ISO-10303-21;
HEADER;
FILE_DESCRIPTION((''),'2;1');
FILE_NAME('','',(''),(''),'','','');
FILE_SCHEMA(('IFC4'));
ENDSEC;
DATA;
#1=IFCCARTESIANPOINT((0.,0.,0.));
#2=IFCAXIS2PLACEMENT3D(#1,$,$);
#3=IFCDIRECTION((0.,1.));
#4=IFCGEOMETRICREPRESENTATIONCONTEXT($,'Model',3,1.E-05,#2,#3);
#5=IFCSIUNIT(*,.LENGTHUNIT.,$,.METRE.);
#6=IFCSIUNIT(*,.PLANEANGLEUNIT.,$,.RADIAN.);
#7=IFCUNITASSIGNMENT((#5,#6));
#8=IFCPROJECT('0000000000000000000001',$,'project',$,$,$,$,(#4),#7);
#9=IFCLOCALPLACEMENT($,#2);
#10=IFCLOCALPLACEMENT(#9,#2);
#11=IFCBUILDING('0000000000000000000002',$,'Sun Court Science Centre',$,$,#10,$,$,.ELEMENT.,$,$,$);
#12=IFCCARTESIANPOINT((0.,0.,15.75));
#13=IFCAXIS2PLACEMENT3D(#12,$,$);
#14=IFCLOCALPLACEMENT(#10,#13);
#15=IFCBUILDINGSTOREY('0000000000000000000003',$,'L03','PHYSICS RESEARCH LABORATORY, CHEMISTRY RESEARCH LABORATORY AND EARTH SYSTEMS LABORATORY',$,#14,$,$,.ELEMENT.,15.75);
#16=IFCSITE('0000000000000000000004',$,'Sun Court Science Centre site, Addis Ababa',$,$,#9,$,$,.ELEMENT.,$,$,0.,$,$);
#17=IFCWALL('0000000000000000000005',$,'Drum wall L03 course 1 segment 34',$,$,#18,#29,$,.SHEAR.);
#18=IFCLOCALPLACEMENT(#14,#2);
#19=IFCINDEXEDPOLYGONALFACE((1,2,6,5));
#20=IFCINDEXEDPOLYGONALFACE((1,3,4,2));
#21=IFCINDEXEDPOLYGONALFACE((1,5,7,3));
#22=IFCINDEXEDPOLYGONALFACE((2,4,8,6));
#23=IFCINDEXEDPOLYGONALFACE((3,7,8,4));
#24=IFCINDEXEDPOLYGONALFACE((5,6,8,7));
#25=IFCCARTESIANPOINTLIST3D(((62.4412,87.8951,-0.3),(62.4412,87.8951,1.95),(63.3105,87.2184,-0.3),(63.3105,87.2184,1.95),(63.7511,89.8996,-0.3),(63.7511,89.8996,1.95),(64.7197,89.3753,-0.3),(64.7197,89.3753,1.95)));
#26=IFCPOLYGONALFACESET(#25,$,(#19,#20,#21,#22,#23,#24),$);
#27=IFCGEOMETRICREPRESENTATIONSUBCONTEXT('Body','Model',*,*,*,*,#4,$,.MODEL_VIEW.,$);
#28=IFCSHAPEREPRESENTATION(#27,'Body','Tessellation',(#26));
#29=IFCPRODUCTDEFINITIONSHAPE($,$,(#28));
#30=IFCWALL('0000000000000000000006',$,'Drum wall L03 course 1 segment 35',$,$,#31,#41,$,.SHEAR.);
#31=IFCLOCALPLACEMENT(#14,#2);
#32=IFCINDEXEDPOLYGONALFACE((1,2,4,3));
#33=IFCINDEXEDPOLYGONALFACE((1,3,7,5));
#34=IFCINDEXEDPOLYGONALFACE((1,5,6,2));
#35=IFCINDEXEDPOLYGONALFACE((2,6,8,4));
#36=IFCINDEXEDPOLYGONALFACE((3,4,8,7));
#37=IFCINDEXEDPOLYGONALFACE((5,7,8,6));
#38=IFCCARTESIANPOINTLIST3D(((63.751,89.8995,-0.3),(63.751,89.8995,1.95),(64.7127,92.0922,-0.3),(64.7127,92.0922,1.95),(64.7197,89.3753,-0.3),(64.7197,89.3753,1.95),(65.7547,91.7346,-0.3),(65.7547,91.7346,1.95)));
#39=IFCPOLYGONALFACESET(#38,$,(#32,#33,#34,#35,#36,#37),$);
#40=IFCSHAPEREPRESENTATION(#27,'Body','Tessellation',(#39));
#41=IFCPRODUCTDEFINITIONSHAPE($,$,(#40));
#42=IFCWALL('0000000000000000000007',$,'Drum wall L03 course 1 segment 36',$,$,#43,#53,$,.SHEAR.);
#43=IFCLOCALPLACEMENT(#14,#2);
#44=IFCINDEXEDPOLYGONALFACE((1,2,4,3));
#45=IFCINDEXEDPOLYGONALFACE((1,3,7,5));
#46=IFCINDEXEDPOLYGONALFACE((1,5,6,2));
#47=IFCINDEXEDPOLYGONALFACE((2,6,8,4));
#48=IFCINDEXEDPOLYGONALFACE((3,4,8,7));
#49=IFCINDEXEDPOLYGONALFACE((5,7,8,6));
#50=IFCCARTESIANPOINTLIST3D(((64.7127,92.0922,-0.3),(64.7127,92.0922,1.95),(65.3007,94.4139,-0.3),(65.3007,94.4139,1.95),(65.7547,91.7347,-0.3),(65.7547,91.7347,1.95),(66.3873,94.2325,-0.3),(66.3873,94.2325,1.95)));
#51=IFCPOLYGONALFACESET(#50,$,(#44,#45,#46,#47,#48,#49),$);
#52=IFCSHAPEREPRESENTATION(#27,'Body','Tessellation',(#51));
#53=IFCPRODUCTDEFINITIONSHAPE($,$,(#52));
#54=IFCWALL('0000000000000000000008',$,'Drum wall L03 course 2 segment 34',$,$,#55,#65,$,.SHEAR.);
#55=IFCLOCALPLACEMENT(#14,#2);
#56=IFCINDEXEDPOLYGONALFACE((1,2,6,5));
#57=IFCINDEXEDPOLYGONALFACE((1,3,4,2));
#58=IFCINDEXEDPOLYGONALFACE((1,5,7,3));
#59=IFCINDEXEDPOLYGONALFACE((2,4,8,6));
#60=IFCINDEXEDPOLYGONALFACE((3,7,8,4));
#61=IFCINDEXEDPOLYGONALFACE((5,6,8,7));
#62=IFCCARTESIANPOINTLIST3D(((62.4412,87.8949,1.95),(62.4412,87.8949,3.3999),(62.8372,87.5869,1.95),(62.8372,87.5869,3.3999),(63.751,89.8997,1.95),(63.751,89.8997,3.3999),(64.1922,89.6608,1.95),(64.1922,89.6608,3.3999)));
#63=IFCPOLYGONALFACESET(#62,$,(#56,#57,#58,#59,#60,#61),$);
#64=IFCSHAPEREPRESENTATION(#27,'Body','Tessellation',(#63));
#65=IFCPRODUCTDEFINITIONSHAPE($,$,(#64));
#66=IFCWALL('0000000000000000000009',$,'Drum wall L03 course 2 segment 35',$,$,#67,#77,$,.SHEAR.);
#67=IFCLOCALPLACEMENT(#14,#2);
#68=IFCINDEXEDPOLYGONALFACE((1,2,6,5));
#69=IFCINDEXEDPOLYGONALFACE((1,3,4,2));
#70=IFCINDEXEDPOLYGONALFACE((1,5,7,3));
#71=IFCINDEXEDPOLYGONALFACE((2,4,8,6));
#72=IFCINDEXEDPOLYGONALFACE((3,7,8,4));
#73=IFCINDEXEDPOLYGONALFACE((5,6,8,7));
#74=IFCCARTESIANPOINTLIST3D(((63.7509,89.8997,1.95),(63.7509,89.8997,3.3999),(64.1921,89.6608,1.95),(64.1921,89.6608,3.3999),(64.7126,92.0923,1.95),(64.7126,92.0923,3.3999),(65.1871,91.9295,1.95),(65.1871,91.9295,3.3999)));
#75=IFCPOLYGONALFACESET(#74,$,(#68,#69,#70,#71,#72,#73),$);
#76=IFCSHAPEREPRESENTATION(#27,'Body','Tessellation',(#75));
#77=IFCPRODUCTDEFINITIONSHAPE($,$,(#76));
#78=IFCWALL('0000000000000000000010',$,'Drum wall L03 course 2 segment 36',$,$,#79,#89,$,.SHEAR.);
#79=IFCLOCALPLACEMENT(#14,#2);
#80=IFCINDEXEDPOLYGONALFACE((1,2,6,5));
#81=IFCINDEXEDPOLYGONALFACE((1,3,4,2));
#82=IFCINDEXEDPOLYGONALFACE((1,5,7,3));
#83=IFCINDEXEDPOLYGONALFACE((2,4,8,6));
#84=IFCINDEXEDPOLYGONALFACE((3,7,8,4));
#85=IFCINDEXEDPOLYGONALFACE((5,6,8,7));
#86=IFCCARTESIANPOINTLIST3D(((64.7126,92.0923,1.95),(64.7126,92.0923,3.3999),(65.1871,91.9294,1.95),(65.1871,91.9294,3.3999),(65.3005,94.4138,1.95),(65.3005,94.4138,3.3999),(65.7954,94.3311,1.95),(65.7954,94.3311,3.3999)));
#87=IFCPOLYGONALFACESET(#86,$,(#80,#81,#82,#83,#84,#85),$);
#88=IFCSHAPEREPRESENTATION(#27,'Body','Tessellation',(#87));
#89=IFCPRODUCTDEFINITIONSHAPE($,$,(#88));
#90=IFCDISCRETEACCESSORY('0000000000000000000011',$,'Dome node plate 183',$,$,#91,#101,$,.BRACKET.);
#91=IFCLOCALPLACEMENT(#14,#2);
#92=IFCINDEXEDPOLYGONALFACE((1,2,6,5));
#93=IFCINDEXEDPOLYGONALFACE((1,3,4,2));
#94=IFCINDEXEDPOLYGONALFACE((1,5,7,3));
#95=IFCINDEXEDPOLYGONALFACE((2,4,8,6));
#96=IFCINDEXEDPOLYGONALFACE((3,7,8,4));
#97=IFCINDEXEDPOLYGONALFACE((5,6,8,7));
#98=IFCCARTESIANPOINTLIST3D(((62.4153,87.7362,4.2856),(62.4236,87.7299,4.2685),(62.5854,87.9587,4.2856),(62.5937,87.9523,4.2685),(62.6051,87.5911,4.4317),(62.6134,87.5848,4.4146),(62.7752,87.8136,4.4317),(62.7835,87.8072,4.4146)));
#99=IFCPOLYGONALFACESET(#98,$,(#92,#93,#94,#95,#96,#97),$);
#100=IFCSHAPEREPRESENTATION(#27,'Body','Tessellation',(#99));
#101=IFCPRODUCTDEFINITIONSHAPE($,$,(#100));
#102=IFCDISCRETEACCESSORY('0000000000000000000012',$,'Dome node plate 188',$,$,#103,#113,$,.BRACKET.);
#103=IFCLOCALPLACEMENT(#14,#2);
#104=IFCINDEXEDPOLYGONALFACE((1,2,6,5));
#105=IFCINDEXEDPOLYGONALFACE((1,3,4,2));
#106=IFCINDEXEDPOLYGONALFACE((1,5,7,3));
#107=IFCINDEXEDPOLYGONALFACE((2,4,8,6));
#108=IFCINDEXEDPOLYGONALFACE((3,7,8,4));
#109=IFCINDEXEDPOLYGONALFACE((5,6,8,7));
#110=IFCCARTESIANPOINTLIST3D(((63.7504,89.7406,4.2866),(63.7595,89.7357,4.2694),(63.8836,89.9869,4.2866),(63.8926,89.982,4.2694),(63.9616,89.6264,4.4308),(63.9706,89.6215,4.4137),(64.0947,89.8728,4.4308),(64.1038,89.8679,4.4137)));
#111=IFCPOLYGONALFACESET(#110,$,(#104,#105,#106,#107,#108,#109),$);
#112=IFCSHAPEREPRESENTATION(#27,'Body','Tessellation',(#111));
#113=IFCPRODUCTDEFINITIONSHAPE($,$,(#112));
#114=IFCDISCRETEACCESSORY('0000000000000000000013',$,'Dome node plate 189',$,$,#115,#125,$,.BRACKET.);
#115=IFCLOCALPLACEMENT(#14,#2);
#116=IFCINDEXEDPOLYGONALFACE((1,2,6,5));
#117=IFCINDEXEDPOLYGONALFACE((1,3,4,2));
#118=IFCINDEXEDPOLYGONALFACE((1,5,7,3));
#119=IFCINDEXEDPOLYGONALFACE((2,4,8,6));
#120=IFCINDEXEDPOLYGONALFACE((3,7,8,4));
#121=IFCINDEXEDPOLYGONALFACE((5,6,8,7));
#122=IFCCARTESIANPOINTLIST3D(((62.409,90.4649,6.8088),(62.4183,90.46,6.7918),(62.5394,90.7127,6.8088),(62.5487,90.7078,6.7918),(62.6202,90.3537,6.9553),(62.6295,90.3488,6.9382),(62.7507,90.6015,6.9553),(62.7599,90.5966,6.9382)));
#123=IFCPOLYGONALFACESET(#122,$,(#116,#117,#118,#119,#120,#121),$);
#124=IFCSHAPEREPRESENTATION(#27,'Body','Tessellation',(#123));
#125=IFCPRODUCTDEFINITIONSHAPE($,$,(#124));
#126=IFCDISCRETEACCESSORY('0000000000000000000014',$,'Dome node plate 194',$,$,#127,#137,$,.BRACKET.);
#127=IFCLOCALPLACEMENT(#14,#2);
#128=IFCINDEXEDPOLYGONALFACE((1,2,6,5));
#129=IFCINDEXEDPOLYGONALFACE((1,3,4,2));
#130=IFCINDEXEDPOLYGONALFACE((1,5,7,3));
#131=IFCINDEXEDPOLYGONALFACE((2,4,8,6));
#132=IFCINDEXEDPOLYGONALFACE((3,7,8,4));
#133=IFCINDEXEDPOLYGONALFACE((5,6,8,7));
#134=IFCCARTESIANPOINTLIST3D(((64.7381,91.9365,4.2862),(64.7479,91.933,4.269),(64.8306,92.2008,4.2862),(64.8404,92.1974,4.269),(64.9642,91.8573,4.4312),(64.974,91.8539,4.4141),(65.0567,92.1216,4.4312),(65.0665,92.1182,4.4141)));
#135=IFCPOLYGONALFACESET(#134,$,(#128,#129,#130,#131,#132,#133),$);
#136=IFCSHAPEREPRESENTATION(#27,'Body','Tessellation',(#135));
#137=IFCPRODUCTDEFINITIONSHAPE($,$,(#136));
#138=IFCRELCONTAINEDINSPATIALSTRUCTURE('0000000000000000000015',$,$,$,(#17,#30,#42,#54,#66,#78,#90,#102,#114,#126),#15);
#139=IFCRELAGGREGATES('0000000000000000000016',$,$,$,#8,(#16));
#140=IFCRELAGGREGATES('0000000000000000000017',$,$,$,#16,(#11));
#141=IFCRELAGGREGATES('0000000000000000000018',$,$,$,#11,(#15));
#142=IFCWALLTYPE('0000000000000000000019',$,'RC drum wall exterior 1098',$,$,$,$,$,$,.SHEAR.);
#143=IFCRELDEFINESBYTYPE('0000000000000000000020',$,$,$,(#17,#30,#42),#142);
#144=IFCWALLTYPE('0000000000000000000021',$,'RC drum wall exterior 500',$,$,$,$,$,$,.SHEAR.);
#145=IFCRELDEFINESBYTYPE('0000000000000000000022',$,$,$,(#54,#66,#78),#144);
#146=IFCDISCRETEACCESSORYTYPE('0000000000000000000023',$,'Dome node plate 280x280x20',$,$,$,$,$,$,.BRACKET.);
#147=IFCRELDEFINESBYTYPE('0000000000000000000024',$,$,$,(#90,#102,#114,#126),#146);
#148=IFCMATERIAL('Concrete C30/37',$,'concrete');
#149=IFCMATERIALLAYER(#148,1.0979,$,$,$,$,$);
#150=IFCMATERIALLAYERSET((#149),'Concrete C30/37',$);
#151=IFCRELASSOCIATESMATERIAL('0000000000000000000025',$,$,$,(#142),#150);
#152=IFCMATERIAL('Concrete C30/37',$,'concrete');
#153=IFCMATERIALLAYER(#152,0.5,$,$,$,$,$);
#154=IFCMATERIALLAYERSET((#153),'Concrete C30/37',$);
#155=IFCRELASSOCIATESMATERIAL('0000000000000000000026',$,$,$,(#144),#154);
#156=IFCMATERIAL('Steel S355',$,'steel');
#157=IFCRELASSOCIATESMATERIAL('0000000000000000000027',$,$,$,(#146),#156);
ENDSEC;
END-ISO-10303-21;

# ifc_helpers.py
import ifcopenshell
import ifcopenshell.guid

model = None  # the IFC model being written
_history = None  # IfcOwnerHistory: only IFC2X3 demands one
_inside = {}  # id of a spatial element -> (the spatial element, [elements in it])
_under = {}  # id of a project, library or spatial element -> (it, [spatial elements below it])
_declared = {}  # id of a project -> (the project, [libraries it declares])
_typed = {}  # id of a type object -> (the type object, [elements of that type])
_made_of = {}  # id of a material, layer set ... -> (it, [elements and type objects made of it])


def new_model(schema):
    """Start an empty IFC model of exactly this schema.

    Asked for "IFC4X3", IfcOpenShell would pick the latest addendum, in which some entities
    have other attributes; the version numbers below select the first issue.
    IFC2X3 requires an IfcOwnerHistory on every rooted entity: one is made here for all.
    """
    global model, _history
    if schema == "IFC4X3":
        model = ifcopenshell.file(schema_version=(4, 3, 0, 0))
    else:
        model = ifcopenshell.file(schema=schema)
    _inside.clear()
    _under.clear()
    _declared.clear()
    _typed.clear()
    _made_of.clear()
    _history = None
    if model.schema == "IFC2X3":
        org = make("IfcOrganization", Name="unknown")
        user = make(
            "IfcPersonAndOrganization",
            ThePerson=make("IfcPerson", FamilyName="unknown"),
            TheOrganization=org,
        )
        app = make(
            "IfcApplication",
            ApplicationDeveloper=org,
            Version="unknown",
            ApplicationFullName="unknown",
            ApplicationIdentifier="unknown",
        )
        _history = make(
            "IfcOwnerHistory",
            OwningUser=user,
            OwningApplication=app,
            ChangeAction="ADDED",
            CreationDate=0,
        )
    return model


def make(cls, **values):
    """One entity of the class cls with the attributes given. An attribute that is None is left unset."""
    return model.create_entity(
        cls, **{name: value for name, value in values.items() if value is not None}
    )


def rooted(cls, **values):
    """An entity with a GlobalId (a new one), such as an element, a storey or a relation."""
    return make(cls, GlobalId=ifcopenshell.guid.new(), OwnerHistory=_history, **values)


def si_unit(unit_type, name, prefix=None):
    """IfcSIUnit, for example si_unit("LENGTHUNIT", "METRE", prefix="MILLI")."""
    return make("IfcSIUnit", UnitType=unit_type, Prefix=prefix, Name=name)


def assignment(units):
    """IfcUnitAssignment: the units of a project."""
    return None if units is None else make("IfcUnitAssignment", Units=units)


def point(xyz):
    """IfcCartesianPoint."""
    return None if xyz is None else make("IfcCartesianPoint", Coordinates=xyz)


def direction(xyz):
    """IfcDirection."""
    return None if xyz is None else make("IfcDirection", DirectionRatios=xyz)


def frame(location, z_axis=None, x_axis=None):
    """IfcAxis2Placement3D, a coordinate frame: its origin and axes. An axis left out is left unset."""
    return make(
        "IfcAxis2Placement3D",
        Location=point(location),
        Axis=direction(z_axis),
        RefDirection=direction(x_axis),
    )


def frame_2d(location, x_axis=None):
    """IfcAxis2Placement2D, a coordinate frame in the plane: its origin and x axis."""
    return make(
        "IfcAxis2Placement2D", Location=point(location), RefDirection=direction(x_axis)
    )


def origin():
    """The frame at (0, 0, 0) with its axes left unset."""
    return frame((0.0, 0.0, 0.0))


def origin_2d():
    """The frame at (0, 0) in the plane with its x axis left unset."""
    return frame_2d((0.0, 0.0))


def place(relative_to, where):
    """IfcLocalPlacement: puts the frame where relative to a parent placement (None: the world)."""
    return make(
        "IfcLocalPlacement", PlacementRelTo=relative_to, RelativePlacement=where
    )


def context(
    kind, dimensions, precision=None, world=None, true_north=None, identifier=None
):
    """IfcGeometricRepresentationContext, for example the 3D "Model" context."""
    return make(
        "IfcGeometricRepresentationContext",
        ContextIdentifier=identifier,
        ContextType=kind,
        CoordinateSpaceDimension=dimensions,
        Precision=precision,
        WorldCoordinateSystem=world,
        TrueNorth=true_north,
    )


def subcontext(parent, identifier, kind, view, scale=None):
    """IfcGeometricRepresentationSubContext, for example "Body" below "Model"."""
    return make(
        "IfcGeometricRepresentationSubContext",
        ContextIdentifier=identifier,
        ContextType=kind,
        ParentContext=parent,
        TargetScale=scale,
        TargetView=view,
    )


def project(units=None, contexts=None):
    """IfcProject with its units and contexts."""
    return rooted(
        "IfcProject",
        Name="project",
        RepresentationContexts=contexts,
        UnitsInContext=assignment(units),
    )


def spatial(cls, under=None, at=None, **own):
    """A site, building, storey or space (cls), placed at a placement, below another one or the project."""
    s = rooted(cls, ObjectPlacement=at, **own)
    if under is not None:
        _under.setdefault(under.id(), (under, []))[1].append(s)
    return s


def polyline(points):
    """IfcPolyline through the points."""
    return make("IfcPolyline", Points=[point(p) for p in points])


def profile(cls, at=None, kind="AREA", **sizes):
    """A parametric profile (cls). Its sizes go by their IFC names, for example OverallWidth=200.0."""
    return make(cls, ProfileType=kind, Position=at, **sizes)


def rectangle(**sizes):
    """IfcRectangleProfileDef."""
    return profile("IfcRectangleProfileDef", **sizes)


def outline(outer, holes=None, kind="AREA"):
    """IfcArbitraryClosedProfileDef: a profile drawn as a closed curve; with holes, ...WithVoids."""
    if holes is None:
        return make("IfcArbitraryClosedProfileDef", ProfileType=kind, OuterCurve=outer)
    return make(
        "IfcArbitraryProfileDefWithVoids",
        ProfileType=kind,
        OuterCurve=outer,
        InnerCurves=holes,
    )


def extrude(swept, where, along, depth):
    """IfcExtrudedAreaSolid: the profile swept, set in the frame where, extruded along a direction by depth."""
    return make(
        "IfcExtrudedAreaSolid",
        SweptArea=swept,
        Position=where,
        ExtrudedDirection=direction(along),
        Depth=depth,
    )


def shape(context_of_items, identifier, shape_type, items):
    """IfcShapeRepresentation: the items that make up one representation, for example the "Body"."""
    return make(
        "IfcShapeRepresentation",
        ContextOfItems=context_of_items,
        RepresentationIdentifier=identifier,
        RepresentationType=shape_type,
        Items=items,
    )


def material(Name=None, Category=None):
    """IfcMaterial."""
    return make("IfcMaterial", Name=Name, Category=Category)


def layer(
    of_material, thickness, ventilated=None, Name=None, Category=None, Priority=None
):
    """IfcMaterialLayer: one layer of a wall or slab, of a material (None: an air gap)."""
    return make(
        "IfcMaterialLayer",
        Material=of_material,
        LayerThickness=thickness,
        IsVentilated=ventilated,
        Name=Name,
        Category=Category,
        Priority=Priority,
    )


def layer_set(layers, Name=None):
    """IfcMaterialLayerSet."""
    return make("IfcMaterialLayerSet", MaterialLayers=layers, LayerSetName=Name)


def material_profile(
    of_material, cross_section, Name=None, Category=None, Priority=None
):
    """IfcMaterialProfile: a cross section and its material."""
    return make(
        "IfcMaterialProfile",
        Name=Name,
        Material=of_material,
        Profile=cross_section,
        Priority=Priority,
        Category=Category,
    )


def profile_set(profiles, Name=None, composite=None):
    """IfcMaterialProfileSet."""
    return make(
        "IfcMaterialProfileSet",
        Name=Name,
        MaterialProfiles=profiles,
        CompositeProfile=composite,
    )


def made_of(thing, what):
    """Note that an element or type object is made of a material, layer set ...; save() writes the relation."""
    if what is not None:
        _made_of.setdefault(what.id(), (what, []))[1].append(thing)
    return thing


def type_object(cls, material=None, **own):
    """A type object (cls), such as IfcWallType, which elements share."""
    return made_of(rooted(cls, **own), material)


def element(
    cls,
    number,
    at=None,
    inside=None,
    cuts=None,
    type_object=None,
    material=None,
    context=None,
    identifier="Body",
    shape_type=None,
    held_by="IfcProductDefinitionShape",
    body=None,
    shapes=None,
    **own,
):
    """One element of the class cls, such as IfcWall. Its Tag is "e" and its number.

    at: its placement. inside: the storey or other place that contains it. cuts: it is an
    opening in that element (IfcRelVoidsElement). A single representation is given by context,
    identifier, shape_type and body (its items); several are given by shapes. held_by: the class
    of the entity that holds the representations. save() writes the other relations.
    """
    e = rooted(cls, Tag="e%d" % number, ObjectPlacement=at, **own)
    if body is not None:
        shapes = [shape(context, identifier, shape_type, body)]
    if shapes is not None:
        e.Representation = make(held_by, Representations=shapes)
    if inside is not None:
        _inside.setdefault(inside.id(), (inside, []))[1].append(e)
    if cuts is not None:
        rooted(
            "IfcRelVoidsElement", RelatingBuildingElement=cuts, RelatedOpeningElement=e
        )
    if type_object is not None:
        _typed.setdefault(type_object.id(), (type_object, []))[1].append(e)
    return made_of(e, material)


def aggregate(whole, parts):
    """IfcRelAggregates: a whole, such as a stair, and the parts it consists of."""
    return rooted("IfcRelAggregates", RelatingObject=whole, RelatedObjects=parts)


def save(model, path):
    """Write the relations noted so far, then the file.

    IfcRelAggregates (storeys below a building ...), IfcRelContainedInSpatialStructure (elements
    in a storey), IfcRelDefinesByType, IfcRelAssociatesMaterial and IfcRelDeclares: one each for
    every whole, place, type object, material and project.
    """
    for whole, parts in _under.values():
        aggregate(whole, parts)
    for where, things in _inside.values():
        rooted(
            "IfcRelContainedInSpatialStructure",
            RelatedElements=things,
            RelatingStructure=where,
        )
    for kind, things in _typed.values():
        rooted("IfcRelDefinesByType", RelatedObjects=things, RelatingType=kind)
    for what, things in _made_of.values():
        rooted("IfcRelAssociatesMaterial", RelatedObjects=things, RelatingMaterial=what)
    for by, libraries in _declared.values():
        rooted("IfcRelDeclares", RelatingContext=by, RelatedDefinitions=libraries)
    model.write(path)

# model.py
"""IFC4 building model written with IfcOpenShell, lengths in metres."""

from ifc_helpers import new_model, si_unit, direction, frame, origin, origin_2d, place, context, subcontext, project, spatial, polyline, rectangle, outline, extrude, material, layer, layer_set, material_profile, profile_set, type_object, element, save


model = new_model("IFC4")

# Units and contexts
model_context = context("Model", 3, precision=1e-05, world=origin(), true_north=direction((0.0, 1.0)))
body_context = subcontext(model_context, "Body", "Model", "MODEL_VIEW")
ifc_project = project(units=[si_unit("LENGTHUNIT", "METRE"), si_unit("PLANEANGLEUNIT", "RADIAN")], contexts=[model_context])

# Site, building, storey
site_placement = place(None, origin())
site = spatial("IfcSite", under=ifc_project, at=site_placement, Name="Sun Court Science Centre site, Addis Ababa", CompositionType="ELEMENT", RefElevation=0.0)
building_placement = place(site_placement, origin())
building = spatial("IfcBuilding", under=site, at=building_placement, Name="Sun Court Science Centre", CompositionType="ELEMENT")
storey_placement = place(building_placement, frame((0.0, 0.0, 15.75)))
storey = spatial("IfcBuildingStorey", under=building, at=storey_placement, Name="L03", Description="PHYSICS RESEARCH LABORATORY, CHEMISTRY RESEARCH LABORATORY AND EARTH SYSTEMS LABORATORY", CompositionType="ELEMENT", Elevation=15.75)

# Walls
ifc_material_1 = material(Name="Concrete C30/37", Category="concrete")
ifc_layer_1 = layer(ifc_material_1, 1.0979)
ifc_layer_set_1 = layer_set([ifc_layer_1], Name="Concrete C30/37")
wall_type_1 = type_object("IfcWallType", Name="RC drum wall exterior 1098", PredefinedType="SHEAR", material=ifc_layer_set_1)
wall_1_placement = place(storey_placement, frame((62.8511, 87.5186, -0.3), z_axis=(0.0, 0.0, 1.0), x_axis=(0.546935, 0.837175, 0.0)))
element("IfcWall", 1, at=wall_1_placement, inside=storey, type_object=wall_type_1, Name="Drum wall L03 course 1 segment 34", PredefinedType="SHEAR", context=body_context, shape_type="SweptSolid", body=[
    extrude(outline(polyline([(0.0, -0.5488), (2.5764, -0.5488), (2.4856, 0.5488), (0.0911, 0.5491), (0.0, -0.5488)])), origin(), (0.0, 0.0, 1.0), 2.25),
])
wall_2_placement = place(storey_placement, frame((64.217, 89.5957, -0.3), z_axis=(0.0, 0.0, 1.0), x_axis=(0.401659, 0.915789, 0.0)))
element("IfcWall", 2, at=wall_2_placement, inside=storey, type_object=wall_type_1, Name="Drum wall L03 course 1 segment 35", PredefinedType="SHEAR", context=body_context, shape_type="SweptSolid", body=[
    extrude(outline(polyline([(0.0, -0.5488), (2.5764, -0.5491), (2.4854, 0.5488), (0.0911, 0.5488), (0.0, -0.5488)])), origin(), (0.0, 0.0, 1.0), 2.25),
])
wall_3_placement = place(storey_placement, frame((65.2227, 91.8694, -0.3), z_axis=(0.0, 0.0, 1.0), x_axis=(0.245411, 0.969419, 0.0)))
element("IfcWall", 3, at=wall_3_placement, inside=storey, type_object=wall_type_1, Name="Drum wall L03 course 1 segment 36", PredefinedType="SHEAR", context=body_context, shape_type="SweptSolid", body=[
    extrude(outline(polyline([(0.0, -0.5488), (2.5767, -0.5491), (2.4858, 0.5488), (0.0908, 0.5491), (0.0, -0.5488)])), origin(), (0.0, 0.0, 1.0), 2.25),
])
ifc_material_2 = material(Name="Concrete C30/37", Category="concrete")
ifc_layer_2 = layer(ifc_material_2, 0.5)
ifc_layer_set_2 = layer_set([ifc_layer_2], Name="Concrete C30/37")
wall_type_2 = type_object("IfcWallType", Name="RC drum wall exterior 500", PredefinedType="SHEAR", material=ifc_layer_set_2)
wall_4_placement = place(storey_placement, frame((62.6279, 87.7236, 1.95), z_axis=(0.0, 0.0, 1.0), x_axis=(0.546944, 0.837169, 0.0)))
element("IfcWall", 4, at=wall_4_placement, inside=storey, type_object=wall_type_2, Name="Drum wall L03 course 2 segment 34", PredefinedType="SHEAR", context=body_context, shape_type="SweptSolid", body=[
    extrude(outline(polyline([(0.0, -0.25), (2.4773, -0.25), (2.436, 0.25), (0.0413, 0.25), (0.0, -0.25)])), origin(), (0.0, 0.0, 1.0), 1.45),
])
wall_5_placement = place(storey_placement, frame((63.9631, 89.7612, 1.95), z_axis=(0.0, 0.0, 1.0), x_axis=(0.401672, 0.915784, 0.0)))
element("IfcWall", 5, at=wall_5_placement, inside=storey, type_object=wall_type_2, Name="Drum wall L03 course 2 segment 35", PredefinedType="SHEAR", context=body_context, shape_type="SweptSolid", body=[
    extrude(outline(polyline([(0.0, -0.25), (2.4773, -0.25), (2.4358, 0.25), (0.0415, 0.25), (0.0, -0.25)])), origin(), (0.0, 0.0, 1.0), 1.45),
])
wall_6_placement = place(storey_placement, frame((64.9448, 91.991, 1.95), z_axis=(0.0, 0.0, 1.0), x_axis=(0.245503, 0.969396, 0.0)))
element("IfcWall", 6, at=wall_6_placement, inside=storey, type_object=wall_type_2, Name="Drum wall L03 course 2 segment 36", PredefinedType="SHEAR", context=body_context, shape_type="SweptSolid", body=[
    extrude(outline(polyline([(-0.0002, -0.25), (2.4773, -0.25), (2.436, 0.25), (0.0413, 0.25), (-0.0002, -0.25)])), origin(), (0.0, 0.0, 1.0), 1.45),
])

# Discrete accessories
ifc_material_3 = material(Name="Steel S355", Category="steel")
ifc_material_profile_1 = material_profile(ifc_material_3, rectangle(XDim=0.28, YDim=0.28, at=origin_2d()), Name="PL 280x280")
ifc_profile_set_1 = profile_set([ifc_material_profile_1], Name="Steel S355")
discrete_accessory_type = type_object("IfcDiscreteAccessoryType", Name="Dome node plate 280x280x20", PredefinedType="BRACKET", material=ifc_profile_set_1)
for number, where, z_axis, x_axis, name in (
    (7, (62.6035, 87.7686, 4.3416), (-0.414388, 0.316885, 0.853151), (-0.60745, -0.794358, 0.0), "Dome node plate 183"),
    (8, (63.9316, 89.8018, 4.3416), (-0.453076, 0.244906, 0.857171), (-0.475517, -0.879707, 0.0), "Dome node plate 188"),
    (9, (62.5891, 90.5283, 6.865), (-0.462727, 0.243541, 0.852392), (-0.465746, -0.884918, 0.0), "Dome node plate 189"),
    (10, (64.9072, 92.0256, 4.3416), (-0.488824, 0.171088, 0.855442), (-0.33035, -0.943858, 0.0), "Dome node plate 194"),
):
    element("IfcDiscreteAccessory", number, at=place(storey_placement, frame(where, z_axis=z_axis, x_axis=x_axis)), inside=storey, type_object=discrete_accessory_type, Name=name, PredefinedType="BRACKET", context=body_context, shape_type="SweptSolid", body=[
        extrude(rectangle(XDim=0.28, YDim=0.28, at=origin_2d()), origin(), (0.0, 0.0, 1.0), 0.02),
    ])

save(model, "model.ifc")
